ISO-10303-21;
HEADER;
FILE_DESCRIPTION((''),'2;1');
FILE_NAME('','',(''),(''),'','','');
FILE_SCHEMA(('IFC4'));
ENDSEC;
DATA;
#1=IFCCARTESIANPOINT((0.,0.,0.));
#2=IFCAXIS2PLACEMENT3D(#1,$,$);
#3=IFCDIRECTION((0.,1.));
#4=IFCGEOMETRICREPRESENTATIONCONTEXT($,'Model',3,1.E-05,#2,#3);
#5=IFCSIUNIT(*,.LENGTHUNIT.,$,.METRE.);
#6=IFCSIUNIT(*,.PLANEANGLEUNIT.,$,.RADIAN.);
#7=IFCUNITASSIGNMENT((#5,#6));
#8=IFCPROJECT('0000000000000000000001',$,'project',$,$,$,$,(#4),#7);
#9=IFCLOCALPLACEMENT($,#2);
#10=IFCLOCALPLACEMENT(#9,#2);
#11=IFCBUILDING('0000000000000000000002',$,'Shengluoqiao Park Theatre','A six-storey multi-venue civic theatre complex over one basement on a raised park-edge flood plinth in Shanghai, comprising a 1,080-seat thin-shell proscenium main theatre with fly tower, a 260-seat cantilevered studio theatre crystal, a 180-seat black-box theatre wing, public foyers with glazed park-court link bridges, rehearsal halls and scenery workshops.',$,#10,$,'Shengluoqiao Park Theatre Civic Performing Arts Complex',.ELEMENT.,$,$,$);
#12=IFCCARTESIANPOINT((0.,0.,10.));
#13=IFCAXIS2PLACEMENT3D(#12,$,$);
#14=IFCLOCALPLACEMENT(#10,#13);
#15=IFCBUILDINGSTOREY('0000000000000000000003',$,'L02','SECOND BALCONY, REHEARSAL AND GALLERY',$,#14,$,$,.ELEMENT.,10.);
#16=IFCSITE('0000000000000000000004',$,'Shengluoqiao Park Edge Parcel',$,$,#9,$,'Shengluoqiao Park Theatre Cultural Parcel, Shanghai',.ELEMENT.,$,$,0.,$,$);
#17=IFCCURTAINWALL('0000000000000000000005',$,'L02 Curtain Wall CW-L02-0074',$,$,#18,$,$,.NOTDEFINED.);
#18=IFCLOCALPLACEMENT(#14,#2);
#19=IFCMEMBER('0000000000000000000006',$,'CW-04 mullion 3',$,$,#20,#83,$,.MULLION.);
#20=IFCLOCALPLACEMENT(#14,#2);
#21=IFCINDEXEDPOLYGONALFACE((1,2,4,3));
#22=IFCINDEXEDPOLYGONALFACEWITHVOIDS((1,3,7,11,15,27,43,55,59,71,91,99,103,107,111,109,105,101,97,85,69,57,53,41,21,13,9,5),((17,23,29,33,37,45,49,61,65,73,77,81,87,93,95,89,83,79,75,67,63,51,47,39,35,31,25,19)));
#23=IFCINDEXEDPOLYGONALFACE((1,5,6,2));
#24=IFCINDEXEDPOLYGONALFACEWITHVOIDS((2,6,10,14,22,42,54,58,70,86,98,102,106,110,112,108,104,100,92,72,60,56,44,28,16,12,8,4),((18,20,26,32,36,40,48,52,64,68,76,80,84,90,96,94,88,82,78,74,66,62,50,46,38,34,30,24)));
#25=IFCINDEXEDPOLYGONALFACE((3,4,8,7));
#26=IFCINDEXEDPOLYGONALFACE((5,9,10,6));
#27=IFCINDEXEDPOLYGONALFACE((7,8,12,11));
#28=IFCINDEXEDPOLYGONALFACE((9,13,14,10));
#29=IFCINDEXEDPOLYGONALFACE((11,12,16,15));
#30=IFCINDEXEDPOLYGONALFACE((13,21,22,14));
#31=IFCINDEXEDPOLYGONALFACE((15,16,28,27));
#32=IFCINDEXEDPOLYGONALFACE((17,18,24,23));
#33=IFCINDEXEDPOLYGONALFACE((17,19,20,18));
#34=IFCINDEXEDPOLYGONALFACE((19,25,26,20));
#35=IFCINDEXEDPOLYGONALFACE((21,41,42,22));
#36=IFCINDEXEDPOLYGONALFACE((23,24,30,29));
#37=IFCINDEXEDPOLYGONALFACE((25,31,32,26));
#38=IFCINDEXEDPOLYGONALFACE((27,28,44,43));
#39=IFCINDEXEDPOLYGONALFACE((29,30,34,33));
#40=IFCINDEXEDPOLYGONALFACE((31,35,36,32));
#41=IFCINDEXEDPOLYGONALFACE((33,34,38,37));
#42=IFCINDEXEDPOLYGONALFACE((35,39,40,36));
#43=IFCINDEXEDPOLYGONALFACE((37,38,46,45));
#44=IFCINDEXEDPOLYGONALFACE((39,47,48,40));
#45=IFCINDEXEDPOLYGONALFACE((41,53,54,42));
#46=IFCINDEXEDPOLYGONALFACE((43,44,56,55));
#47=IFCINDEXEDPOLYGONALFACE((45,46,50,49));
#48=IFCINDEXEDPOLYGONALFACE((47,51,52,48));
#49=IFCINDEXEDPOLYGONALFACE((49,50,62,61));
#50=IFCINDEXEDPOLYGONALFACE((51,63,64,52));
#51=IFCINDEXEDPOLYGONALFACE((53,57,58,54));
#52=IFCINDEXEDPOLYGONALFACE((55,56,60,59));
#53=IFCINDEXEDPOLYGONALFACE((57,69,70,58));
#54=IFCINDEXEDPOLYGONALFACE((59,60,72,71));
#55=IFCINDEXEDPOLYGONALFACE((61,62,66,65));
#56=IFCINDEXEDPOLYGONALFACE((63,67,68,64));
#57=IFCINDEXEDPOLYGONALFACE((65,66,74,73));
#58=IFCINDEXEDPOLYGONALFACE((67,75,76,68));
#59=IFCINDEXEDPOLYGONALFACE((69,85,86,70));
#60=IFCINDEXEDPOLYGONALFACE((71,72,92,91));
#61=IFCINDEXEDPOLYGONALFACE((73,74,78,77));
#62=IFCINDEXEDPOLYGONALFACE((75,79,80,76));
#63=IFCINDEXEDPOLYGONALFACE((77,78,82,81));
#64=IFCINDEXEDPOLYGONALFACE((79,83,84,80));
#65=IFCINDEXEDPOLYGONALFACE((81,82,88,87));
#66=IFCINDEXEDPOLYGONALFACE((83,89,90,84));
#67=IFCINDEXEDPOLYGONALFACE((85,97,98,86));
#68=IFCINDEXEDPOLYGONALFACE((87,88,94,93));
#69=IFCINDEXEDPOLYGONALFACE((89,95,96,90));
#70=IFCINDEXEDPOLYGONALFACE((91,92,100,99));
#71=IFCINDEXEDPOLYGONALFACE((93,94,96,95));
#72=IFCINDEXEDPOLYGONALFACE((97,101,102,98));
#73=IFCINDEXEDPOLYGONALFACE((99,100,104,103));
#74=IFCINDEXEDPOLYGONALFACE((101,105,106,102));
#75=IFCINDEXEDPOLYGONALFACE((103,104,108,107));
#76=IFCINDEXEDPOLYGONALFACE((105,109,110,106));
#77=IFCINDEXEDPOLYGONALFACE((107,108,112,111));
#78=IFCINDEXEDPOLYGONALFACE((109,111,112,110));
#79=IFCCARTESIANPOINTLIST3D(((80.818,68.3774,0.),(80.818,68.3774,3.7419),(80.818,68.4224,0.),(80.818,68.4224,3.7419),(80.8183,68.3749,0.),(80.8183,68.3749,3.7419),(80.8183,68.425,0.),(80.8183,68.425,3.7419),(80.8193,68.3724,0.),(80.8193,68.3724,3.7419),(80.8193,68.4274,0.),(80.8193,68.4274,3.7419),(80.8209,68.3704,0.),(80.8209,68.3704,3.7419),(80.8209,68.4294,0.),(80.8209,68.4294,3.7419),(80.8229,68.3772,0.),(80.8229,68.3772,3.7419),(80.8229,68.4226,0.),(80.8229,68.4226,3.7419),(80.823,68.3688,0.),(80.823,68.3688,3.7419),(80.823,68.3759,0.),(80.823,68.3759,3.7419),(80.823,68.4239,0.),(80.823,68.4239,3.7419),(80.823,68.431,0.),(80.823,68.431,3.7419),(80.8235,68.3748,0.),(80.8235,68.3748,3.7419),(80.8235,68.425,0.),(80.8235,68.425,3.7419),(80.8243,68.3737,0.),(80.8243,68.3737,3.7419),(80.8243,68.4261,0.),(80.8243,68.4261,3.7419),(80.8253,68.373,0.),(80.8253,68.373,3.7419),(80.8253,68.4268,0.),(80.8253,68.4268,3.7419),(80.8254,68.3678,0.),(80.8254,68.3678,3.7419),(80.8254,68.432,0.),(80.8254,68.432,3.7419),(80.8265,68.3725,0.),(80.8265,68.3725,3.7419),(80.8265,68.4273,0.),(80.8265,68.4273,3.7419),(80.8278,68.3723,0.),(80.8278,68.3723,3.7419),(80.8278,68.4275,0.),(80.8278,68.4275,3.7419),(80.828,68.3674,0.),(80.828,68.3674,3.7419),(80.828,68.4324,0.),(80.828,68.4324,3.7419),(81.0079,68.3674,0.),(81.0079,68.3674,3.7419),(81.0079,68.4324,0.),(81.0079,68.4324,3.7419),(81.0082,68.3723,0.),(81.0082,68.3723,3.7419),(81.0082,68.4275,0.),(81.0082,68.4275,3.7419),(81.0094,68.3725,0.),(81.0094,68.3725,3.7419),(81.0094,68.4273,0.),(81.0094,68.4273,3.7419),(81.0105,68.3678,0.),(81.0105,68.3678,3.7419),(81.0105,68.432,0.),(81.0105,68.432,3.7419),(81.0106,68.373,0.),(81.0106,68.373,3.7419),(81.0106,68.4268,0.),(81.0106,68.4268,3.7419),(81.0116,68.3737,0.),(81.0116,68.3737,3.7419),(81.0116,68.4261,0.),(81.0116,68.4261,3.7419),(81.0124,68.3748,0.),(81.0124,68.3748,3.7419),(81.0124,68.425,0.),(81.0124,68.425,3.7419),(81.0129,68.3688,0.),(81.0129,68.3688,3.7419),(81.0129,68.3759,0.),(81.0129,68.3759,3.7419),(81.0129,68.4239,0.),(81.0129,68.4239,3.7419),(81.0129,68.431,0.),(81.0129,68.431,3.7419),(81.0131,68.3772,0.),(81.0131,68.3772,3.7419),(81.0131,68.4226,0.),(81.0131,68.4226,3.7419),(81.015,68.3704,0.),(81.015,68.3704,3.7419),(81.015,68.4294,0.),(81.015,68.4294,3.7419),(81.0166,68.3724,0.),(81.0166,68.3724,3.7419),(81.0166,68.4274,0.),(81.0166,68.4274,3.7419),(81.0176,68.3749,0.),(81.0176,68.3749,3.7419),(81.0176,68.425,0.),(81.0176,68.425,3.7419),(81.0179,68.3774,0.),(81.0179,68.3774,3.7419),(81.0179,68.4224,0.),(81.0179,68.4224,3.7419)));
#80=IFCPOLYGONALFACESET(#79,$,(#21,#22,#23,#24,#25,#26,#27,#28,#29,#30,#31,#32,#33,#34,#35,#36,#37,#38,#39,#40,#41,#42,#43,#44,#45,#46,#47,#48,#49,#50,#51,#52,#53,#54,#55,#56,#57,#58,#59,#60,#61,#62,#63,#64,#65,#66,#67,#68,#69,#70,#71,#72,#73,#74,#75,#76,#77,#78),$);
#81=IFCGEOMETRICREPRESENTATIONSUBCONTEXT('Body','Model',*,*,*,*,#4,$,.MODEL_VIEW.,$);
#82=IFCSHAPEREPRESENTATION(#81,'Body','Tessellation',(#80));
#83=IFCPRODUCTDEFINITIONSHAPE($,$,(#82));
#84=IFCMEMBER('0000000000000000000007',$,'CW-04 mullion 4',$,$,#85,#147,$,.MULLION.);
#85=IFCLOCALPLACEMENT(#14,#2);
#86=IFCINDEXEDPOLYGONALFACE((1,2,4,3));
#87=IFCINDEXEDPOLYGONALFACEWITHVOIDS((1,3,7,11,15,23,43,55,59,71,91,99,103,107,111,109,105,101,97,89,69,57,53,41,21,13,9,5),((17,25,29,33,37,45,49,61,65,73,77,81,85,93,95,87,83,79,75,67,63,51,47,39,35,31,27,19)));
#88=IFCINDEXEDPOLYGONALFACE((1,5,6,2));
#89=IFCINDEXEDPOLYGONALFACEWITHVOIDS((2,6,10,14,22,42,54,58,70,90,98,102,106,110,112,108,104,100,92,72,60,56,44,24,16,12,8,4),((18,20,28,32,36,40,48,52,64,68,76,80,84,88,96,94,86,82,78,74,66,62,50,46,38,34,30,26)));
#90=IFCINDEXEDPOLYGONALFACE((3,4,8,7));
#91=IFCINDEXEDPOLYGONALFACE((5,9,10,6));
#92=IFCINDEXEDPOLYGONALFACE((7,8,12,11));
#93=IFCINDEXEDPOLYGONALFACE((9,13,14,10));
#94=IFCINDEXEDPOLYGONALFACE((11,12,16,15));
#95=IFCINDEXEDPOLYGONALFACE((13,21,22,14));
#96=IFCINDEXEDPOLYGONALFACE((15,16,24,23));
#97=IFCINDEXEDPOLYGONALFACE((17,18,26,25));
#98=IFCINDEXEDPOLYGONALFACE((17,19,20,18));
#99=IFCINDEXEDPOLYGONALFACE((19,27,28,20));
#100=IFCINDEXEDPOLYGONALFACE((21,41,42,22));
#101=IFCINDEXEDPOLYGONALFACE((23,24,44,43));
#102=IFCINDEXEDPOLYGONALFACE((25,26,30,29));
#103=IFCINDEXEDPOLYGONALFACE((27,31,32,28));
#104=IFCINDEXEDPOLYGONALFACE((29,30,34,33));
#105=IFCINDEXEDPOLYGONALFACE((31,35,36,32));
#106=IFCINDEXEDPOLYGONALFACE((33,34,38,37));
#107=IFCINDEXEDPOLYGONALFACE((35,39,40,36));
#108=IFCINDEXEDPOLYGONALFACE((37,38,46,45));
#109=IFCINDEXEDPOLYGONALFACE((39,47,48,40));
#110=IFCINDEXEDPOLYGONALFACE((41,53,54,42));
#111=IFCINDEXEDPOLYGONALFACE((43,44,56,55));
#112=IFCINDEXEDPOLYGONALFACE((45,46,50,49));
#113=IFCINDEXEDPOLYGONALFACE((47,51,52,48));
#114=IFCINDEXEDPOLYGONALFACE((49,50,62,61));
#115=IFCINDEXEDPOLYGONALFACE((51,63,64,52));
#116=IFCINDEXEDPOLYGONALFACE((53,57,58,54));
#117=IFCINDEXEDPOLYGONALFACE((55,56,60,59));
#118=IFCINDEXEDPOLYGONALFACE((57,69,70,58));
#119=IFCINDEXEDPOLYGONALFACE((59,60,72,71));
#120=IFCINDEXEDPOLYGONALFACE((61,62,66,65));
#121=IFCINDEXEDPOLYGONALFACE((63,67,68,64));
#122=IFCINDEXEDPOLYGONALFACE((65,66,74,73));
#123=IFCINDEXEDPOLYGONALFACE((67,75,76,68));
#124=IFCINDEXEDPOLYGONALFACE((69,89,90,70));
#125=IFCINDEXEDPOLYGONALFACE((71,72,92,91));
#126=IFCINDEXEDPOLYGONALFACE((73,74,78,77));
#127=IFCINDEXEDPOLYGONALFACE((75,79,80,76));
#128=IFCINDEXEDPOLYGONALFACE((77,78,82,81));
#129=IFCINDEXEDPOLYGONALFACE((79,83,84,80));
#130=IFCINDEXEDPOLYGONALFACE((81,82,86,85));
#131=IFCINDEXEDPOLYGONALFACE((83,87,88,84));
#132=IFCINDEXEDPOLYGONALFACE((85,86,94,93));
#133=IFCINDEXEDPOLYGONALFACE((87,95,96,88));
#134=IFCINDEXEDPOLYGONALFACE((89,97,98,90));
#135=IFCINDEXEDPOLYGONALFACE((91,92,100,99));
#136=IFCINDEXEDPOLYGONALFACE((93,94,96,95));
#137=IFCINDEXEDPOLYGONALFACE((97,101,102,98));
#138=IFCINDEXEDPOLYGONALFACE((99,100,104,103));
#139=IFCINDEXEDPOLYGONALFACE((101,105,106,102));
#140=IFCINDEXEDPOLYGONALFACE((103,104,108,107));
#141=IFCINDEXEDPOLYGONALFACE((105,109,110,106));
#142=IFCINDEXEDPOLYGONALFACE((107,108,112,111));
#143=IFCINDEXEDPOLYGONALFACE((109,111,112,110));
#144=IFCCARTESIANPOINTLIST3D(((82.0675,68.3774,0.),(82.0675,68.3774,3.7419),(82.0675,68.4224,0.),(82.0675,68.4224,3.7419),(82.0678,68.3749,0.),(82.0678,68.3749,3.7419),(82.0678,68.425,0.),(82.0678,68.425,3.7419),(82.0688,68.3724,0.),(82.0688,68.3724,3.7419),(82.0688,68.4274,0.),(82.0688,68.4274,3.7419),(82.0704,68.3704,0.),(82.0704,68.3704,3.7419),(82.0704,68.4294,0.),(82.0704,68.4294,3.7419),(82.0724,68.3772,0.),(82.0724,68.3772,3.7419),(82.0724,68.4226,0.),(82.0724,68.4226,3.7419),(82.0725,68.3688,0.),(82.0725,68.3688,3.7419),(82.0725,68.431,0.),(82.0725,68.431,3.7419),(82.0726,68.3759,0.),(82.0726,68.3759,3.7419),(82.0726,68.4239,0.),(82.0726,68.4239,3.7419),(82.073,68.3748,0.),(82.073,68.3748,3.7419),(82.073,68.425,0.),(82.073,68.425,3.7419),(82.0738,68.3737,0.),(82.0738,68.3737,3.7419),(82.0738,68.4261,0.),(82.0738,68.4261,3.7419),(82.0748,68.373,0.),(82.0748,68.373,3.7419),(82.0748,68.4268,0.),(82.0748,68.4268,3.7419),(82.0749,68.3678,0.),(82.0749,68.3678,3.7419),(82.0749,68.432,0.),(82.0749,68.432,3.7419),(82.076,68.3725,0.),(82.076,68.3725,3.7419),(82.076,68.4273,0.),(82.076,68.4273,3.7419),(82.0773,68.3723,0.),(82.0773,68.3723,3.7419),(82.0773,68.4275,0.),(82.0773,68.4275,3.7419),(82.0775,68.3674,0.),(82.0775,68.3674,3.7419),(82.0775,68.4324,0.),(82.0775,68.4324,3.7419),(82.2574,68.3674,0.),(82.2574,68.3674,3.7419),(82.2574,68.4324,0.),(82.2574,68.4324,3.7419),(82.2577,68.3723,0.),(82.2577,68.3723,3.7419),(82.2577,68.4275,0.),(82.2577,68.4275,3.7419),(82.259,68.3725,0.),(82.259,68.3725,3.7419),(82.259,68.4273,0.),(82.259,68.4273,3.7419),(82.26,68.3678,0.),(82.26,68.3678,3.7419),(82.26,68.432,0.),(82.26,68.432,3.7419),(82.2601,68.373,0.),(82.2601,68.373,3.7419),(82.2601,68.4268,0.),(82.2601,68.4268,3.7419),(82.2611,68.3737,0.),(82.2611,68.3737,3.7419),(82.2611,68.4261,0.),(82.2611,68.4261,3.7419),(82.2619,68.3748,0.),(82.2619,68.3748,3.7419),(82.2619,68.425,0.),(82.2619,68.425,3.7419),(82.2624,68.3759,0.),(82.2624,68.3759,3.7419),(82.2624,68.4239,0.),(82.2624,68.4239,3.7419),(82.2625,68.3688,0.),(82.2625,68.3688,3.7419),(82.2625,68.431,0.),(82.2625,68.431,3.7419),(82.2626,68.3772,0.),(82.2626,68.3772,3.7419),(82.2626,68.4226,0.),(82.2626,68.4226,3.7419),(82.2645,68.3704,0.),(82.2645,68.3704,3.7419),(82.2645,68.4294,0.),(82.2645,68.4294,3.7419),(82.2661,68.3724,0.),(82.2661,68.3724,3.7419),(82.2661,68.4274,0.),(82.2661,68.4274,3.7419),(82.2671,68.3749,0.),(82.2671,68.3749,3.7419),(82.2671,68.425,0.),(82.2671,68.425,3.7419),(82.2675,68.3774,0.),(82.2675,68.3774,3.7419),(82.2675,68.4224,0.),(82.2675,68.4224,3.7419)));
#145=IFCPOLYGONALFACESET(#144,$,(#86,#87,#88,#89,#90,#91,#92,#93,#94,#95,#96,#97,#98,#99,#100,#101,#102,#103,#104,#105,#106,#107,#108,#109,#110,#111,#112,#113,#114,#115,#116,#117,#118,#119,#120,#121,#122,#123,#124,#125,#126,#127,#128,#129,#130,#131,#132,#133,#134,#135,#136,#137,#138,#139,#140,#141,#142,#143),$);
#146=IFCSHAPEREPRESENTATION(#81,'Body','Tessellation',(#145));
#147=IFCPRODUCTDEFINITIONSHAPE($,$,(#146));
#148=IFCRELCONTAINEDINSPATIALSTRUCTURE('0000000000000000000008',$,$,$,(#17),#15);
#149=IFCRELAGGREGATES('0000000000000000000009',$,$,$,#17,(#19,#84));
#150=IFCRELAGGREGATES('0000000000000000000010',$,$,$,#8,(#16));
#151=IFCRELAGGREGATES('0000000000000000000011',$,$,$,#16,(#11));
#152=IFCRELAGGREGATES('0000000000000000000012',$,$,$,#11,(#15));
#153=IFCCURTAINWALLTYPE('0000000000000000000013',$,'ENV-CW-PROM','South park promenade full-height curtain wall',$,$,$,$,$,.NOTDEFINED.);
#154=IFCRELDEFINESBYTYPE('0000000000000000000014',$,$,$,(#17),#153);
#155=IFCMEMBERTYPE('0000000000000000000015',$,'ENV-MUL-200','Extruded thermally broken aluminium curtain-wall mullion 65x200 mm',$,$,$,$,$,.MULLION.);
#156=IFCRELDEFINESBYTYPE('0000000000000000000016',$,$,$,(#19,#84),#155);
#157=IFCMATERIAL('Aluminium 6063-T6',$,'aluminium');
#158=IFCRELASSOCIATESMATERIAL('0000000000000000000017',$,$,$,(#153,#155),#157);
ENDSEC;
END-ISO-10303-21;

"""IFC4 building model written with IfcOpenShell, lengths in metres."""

from ifc_helpers import new_model, si_unit, direction, frame, origin, origin_2d, place, context, subcontext, project, spatial, hollow_rectangle, extrude, material, material_profile, profile_set, type_object, element, aggregate, save


model = new_model("IFC4")

# Units and contexts
model_context = context("Model", 3, precision=1e-05, world=origin(), true_north=direction((0.0, 1.0)))
body_context = subcontext(model_context, "Body", "Model", "MODEL_VIEW")
ifc_project = project(units=[si_unit("LENGTHUNIT", "METRE"), si_unit("PLANEANGLEUNIT", "RADIAN")], contexts=[model_context])

# Site, building, storey
site_placement = place(None, origin())
site = spatial("IfcSite", under=ifc_project, at=site_placement, Name="Shengluoqiao Park Edge Parcel", LongName="Shengluoqiao Park Theatre Cultural Parcel, Shanghai", CompositionType="ELEMENT", RefElevation=0.0)
building_placement = place(site_placement, origin())
building = spatial("IfcBuilding", under=site, at=building_placement, Name="Shengluoqiao Park Theatre", Description="A six-storey multi-venue civic theatre complex over one basement on a raised park-edge flood plinth in Shanghai, comprising a 1,080-seat thin-shell proscenium main theatre with fly tower, a 260-seat cantilevered studio theatre crystal, a 180-seat black-box theatre wing, public foyers with glazed park-court link bridges, rehearsal halls and scenery workshops.", LongName="Shengluoqiao Park Theatre Civic Performing Arts Complex", CompositionType="ELEMENT")
storey_placement = place(building_placement, frame((0.0, 0.0, 10.0)))
storey = spatial("IfcBuildingStorey", under=building, at=storey_placement, Name="L02", Description="SECOND BALCONY, REHEARSAL AND GALLERY", CompositionType="ELEMENT", Elevation=10.0)

# Curtain wall, members
ifc_material_1 = material(Name="Aluminium 6063-T6", Category="aluminium")
curtain_wall_type = type_object("IfcCurtainWallType", Name="ENV-CW-PROM", Description="South park promenade full-height curtain wall", PredefinedType="NOTDEFINED", material=ifc_material_1)
curtain_wall_1_placement = place(storey_placement, origin())
curtain_wall_1 = element("IfcCurtainWall", 1, at=curtain_wall_1_placement, inside=storey, type_object=curtain_wall_type, Name="L02 Curtain Wall CW-L02-0074", PredefinedType="NOTDEFINED")
ifc_material_profile_1 = material_profile(ifc_material_1, hollow_rectangle(XDim=0.0649, YDim=0.2, WallThickness=0.0049, InnerFilletRadius=0.0049, OuterFilletRadius=0.01, at=origin_2d()), Name="ALU MULLION 200x65x5")
ifc_profile_set_1 = profile_set([ifc_material_profile_1], Name="Aluminium 6063-T6")
member_type_1 = type_object("IfcMemberType", Name="ENV-MUL-200", Description="Extruded thermally broken aluminium curtain-wall mullion 65x200 mm", PredefinedType="MULLION", material=ifc_profile_set_1)
member_1_placement = place(storey_placement, frame((80.918, 68.3999, 0.0), z_axis=(0.0, 0.0, 1.0), x_axis=(0.0, 1.0, 0.0)))
member_1 = element("IfcMember", 2, at=member_1_placement, type_object=member_type_1, Name="CW-04 mullion 3", PredefinedType="MULLION", context=body_context, shape_type="SweptSolid", body=[
    extrude(hollow_rectangle(XDim=0.0649, YDim=0.2, WallThickness=0.0049, InnerFilletRadius=0.0049, OuterFilletRadius=0.01, at=origin_2d()), origin(), (0.0, 0.0, 1.0), 3.7419),
])
member_2_placement = place(storey_placement, frame((82.1675, 68.3999, 0.0), z_axis=(0.0, 0.0, 1.0), x_axis=(0.0, 1.0, 0.0)))
member_2 = element("IfcMember", 3, at=member_2_placement, type_object=member_type_1, Name="CW-04 mullion 4", PredefinedType="MULLION", context=body_context, shape_type="SweptSolid", body=[
    extrude(hollow_rectangle(XDim=0.0649, YDim=0.2, WallThickness=0.0049, InnerFilletRadius=0.0049, OuterFilletRadius=0.01, at=origin_2d()), origin(), (0.0, 0.0, 1.0), 3.7419),
])

aggregate(curtain_wall_1, [member_1, member_2])

save(model, "model.ifc")
